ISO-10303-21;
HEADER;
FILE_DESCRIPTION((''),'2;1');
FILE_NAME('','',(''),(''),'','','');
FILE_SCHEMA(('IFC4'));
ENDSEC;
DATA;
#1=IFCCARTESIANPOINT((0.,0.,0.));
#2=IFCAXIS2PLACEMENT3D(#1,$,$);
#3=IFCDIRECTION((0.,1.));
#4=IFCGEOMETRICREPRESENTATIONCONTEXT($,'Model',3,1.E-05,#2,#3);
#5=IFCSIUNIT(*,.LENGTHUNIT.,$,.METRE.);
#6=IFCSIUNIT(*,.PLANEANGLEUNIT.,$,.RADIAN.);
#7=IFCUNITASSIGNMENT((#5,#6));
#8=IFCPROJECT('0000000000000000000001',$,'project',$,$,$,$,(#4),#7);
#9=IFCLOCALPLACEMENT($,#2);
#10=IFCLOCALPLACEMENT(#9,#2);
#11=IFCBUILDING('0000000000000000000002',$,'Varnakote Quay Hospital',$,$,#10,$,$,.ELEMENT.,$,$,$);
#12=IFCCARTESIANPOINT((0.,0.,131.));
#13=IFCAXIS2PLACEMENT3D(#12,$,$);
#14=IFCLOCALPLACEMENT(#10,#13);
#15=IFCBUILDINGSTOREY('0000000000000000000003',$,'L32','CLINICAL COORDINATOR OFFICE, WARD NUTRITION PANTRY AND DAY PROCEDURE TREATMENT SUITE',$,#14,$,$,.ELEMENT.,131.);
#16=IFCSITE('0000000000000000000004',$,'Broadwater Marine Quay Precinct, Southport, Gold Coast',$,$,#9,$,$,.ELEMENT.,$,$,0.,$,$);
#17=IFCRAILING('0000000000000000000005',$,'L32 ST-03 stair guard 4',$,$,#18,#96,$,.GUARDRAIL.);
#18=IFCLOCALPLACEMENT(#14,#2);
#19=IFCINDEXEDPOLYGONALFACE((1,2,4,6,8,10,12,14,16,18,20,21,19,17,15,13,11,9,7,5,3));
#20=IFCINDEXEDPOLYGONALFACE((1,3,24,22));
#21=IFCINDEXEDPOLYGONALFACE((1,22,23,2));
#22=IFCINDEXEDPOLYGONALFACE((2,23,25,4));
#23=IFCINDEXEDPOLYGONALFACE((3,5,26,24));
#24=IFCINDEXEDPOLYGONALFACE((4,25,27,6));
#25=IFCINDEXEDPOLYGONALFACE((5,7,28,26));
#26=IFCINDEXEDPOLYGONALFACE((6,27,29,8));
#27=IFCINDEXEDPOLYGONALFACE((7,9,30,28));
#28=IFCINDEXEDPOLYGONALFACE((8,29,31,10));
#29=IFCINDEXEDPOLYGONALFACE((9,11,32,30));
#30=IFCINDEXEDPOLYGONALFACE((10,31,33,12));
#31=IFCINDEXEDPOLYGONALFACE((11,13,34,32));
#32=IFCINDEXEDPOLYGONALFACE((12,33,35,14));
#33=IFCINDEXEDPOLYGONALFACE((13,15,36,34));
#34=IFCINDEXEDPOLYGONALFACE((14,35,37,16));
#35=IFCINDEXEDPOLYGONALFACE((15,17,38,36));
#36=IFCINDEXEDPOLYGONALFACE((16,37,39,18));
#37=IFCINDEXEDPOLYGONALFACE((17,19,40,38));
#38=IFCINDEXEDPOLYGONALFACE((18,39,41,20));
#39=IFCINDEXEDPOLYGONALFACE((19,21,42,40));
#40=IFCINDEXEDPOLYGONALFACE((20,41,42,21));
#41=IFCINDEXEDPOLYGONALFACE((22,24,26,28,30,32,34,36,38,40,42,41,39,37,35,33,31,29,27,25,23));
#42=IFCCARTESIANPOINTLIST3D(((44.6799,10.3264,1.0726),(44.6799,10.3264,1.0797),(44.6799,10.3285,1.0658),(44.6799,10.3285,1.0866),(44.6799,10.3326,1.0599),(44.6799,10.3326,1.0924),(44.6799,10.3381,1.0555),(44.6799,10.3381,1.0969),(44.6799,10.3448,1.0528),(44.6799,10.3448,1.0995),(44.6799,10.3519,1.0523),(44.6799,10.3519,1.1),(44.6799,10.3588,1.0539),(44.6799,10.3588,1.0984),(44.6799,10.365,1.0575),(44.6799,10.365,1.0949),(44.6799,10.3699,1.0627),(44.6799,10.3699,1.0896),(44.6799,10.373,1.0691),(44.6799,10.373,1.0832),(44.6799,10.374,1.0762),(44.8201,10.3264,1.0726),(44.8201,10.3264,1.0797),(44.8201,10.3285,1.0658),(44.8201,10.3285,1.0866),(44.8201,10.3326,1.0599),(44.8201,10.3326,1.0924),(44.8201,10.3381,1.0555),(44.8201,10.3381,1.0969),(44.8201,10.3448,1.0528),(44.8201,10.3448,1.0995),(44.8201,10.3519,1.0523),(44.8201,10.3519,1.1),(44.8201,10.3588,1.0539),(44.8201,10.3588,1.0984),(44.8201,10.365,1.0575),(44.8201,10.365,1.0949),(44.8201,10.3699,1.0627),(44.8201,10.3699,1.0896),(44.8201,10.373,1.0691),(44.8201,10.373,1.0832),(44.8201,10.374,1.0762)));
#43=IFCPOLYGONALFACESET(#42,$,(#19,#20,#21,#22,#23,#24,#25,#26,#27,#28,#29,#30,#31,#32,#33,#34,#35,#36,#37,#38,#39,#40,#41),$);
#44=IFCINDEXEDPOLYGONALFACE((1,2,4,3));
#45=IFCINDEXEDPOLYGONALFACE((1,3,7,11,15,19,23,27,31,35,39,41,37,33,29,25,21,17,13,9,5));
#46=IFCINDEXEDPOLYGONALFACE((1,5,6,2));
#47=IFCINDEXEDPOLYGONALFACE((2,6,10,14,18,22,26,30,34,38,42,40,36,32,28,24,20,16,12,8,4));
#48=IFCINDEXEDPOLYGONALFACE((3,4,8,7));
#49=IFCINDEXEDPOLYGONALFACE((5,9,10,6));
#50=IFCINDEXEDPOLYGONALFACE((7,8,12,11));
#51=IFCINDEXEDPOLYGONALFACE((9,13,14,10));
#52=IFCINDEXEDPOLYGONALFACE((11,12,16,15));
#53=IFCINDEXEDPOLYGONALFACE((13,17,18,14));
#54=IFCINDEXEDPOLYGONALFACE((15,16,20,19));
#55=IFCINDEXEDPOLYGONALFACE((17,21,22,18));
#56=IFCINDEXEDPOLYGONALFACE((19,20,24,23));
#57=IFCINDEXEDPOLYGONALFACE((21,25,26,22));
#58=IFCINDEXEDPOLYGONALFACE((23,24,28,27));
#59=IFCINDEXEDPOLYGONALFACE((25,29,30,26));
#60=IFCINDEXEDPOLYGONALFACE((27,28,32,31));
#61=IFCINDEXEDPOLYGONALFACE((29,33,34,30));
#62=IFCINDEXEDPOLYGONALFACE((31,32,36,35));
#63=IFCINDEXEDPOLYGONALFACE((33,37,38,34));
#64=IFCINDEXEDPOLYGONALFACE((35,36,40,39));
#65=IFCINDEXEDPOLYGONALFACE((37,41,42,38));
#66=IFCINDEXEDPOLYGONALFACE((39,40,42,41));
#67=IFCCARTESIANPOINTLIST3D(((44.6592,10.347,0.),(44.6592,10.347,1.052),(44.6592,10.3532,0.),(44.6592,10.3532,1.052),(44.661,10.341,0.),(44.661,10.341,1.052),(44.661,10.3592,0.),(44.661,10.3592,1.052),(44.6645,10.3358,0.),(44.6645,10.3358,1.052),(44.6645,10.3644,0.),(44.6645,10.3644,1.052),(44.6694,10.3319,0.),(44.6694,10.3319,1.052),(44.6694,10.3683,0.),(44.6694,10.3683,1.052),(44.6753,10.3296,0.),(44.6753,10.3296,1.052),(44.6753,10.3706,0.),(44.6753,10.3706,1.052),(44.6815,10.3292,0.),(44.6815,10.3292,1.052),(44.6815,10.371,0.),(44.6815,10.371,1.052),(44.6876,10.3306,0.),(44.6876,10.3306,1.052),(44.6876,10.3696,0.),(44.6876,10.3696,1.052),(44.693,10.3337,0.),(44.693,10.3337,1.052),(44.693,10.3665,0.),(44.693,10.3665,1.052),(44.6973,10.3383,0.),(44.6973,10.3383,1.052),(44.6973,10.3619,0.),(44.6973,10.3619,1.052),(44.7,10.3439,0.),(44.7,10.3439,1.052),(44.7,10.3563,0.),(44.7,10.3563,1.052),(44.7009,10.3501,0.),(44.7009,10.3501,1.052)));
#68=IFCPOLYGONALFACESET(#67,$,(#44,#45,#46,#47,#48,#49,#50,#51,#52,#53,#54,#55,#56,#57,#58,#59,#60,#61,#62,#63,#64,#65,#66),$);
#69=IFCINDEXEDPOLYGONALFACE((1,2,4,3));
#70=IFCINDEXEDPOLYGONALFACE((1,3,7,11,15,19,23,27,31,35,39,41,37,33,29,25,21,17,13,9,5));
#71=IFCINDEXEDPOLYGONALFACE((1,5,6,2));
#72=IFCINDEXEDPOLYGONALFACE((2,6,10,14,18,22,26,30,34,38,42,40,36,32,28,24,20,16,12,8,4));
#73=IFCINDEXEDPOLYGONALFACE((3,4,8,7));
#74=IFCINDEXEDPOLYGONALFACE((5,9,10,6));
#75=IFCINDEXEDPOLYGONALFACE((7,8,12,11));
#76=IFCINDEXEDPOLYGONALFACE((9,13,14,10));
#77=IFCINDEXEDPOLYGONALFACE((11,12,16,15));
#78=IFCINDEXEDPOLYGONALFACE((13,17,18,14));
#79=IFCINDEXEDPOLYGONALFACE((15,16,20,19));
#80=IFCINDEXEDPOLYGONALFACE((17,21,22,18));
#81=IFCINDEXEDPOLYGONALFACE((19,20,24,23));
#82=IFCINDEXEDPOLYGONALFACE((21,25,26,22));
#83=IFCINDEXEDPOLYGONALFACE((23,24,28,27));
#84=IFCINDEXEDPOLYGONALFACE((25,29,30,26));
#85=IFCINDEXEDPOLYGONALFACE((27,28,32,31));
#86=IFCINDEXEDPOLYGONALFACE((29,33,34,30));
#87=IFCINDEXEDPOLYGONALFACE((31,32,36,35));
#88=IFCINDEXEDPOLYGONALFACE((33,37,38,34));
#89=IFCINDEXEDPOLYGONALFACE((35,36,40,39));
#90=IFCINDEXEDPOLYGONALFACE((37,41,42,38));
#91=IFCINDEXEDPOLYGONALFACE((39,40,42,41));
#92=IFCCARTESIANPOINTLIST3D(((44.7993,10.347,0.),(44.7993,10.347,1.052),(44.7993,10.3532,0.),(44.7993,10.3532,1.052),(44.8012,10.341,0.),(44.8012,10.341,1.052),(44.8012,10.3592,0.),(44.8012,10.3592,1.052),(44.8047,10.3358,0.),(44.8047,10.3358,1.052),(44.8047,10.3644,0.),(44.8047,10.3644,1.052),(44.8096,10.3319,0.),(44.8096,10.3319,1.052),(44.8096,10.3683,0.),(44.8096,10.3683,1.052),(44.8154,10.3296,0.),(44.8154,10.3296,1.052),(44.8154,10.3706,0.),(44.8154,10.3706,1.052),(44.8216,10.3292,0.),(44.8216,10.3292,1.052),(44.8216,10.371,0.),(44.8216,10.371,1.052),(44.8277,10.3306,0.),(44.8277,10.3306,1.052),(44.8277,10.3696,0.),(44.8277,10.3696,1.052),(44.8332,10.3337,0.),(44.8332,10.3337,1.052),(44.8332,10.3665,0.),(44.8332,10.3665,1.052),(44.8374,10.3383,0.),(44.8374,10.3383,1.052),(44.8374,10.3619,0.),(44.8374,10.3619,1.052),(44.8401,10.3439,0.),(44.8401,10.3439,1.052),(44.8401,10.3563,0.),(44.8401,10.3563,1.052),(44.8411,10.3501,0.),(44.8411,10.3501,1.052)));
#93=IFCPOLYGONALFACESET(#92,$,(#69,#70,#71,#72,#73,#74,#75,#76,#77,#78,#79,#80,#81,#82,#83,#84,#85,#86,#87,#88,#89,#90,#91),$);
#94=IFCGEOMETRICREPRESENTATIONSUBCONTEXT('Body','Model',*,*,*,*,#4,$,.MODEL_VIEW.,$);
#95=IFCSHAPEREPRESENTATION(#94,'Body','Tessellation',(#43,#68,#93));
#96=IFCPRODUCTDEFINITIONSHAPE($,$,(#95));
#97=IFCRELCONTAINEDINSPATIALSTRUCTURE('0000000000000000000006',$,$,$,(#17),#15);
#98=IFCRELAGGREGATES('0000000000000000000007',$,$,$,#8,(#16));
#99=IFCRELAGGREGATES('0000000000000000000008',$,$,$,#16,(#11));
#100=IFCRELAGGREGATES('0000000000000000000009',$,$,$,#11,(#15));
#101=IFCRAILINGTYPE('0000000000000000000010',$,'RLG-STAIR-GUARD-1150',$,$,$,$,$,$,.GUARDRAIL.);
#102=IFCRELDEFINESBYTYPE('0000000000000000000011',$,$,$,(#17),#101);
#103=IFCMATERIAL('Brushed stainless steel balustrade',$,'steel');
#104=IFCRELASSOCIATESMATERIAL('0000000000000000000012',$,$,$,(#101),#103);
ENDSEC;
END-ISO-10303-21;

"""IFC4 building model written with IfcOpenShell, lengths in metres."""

from ifc_helpers import new_model, si_unit, direction, frame, origin, origin_2d, place, context, subcontext, project, spatial, circle, extrude, material, type_object, element, save


model = new_model("IFC4")

# Units and contexts
model_context = context("Model", 3, precision=1e-05, world=origin(), true_north=direction((0.0, 1.0)))
body_context = subcontext(model_context, "Body", "Model", "MODEL_VIEW")
ifc_project = project(units=[si_unit("LENGTHUNIT", "METRE"), si_unit("PLANEANGLEUNIT", "RADIAN")], contexts=[model_context])

# Site, building, storey
site_placement = place(None, origin())
site = spatial("IfcSite", under=ifc_project, at=site_placement, Name="Broadwater Marine Quay Precinct, Southport, Gold Coast", CompositionType="ELEMENT", RefElevation=0.0)
building_placement = place(site_placement, origin())
building = spatial("IfcBuilding", under=site, at=building_placement, Name="Varnakote Quay Hospital", CompositionType="ELEMENT")
storey_placement = place(building_placement, frame((0.0, 0.0, 131.0)))
storey = spatial("IfcBuildingStorey", under=building, at=storey_placement, Name="L32", Description="CLINICAL COORDINATOR OFFICE, WARD NUTRITION PANTRY AND DAY PROCEDURE TREATMENT SUITE", CompositionType="ELEMENT", Elevation=131.0)

# Railing
ifc_material_1 = material(Name="Brushed stainless steel balustrade", Category="steel")
railing_type_1 = type_object("IfcRailingType", Name="RLG-STAIR-GUARD-1150", PredefinedType="GUARDRAIL", material=ifc_material_1)
railing_1_placement = place(storey_placement, frame((44.6799, 10.3501, 0.0)))
element("IfcRailing", 1, at=railing_1_placement, inside=storey, type_object=railing_type_1, Name="L32 ST-03 stair guard 4", PredefinedType="GUARDRAIL", context=body_context, shape_type="SweptSolid", body=[
    extrude(circle(Radius=0.0239, at=origin_2d()), frame((0.0, 0.0, 1.0762), z_axis=(1.0, 0.0, 0.0), x_axis=(0.0, 1.0, 0.0)), (0.0, 0.0, 1.0), 0.1401),
    extrude(circle(Radius=0.021, at=origin_2d()), origin(), (0.0, 0.0, 1.0), 1.052),
    extrude(circle(Radius=0.021, at=origin_2d()), frame((0.1401, 0.0, 0.0)), (0.0, 0.0, 1.0), 1.052),
])

save(model, "model.ifc")
